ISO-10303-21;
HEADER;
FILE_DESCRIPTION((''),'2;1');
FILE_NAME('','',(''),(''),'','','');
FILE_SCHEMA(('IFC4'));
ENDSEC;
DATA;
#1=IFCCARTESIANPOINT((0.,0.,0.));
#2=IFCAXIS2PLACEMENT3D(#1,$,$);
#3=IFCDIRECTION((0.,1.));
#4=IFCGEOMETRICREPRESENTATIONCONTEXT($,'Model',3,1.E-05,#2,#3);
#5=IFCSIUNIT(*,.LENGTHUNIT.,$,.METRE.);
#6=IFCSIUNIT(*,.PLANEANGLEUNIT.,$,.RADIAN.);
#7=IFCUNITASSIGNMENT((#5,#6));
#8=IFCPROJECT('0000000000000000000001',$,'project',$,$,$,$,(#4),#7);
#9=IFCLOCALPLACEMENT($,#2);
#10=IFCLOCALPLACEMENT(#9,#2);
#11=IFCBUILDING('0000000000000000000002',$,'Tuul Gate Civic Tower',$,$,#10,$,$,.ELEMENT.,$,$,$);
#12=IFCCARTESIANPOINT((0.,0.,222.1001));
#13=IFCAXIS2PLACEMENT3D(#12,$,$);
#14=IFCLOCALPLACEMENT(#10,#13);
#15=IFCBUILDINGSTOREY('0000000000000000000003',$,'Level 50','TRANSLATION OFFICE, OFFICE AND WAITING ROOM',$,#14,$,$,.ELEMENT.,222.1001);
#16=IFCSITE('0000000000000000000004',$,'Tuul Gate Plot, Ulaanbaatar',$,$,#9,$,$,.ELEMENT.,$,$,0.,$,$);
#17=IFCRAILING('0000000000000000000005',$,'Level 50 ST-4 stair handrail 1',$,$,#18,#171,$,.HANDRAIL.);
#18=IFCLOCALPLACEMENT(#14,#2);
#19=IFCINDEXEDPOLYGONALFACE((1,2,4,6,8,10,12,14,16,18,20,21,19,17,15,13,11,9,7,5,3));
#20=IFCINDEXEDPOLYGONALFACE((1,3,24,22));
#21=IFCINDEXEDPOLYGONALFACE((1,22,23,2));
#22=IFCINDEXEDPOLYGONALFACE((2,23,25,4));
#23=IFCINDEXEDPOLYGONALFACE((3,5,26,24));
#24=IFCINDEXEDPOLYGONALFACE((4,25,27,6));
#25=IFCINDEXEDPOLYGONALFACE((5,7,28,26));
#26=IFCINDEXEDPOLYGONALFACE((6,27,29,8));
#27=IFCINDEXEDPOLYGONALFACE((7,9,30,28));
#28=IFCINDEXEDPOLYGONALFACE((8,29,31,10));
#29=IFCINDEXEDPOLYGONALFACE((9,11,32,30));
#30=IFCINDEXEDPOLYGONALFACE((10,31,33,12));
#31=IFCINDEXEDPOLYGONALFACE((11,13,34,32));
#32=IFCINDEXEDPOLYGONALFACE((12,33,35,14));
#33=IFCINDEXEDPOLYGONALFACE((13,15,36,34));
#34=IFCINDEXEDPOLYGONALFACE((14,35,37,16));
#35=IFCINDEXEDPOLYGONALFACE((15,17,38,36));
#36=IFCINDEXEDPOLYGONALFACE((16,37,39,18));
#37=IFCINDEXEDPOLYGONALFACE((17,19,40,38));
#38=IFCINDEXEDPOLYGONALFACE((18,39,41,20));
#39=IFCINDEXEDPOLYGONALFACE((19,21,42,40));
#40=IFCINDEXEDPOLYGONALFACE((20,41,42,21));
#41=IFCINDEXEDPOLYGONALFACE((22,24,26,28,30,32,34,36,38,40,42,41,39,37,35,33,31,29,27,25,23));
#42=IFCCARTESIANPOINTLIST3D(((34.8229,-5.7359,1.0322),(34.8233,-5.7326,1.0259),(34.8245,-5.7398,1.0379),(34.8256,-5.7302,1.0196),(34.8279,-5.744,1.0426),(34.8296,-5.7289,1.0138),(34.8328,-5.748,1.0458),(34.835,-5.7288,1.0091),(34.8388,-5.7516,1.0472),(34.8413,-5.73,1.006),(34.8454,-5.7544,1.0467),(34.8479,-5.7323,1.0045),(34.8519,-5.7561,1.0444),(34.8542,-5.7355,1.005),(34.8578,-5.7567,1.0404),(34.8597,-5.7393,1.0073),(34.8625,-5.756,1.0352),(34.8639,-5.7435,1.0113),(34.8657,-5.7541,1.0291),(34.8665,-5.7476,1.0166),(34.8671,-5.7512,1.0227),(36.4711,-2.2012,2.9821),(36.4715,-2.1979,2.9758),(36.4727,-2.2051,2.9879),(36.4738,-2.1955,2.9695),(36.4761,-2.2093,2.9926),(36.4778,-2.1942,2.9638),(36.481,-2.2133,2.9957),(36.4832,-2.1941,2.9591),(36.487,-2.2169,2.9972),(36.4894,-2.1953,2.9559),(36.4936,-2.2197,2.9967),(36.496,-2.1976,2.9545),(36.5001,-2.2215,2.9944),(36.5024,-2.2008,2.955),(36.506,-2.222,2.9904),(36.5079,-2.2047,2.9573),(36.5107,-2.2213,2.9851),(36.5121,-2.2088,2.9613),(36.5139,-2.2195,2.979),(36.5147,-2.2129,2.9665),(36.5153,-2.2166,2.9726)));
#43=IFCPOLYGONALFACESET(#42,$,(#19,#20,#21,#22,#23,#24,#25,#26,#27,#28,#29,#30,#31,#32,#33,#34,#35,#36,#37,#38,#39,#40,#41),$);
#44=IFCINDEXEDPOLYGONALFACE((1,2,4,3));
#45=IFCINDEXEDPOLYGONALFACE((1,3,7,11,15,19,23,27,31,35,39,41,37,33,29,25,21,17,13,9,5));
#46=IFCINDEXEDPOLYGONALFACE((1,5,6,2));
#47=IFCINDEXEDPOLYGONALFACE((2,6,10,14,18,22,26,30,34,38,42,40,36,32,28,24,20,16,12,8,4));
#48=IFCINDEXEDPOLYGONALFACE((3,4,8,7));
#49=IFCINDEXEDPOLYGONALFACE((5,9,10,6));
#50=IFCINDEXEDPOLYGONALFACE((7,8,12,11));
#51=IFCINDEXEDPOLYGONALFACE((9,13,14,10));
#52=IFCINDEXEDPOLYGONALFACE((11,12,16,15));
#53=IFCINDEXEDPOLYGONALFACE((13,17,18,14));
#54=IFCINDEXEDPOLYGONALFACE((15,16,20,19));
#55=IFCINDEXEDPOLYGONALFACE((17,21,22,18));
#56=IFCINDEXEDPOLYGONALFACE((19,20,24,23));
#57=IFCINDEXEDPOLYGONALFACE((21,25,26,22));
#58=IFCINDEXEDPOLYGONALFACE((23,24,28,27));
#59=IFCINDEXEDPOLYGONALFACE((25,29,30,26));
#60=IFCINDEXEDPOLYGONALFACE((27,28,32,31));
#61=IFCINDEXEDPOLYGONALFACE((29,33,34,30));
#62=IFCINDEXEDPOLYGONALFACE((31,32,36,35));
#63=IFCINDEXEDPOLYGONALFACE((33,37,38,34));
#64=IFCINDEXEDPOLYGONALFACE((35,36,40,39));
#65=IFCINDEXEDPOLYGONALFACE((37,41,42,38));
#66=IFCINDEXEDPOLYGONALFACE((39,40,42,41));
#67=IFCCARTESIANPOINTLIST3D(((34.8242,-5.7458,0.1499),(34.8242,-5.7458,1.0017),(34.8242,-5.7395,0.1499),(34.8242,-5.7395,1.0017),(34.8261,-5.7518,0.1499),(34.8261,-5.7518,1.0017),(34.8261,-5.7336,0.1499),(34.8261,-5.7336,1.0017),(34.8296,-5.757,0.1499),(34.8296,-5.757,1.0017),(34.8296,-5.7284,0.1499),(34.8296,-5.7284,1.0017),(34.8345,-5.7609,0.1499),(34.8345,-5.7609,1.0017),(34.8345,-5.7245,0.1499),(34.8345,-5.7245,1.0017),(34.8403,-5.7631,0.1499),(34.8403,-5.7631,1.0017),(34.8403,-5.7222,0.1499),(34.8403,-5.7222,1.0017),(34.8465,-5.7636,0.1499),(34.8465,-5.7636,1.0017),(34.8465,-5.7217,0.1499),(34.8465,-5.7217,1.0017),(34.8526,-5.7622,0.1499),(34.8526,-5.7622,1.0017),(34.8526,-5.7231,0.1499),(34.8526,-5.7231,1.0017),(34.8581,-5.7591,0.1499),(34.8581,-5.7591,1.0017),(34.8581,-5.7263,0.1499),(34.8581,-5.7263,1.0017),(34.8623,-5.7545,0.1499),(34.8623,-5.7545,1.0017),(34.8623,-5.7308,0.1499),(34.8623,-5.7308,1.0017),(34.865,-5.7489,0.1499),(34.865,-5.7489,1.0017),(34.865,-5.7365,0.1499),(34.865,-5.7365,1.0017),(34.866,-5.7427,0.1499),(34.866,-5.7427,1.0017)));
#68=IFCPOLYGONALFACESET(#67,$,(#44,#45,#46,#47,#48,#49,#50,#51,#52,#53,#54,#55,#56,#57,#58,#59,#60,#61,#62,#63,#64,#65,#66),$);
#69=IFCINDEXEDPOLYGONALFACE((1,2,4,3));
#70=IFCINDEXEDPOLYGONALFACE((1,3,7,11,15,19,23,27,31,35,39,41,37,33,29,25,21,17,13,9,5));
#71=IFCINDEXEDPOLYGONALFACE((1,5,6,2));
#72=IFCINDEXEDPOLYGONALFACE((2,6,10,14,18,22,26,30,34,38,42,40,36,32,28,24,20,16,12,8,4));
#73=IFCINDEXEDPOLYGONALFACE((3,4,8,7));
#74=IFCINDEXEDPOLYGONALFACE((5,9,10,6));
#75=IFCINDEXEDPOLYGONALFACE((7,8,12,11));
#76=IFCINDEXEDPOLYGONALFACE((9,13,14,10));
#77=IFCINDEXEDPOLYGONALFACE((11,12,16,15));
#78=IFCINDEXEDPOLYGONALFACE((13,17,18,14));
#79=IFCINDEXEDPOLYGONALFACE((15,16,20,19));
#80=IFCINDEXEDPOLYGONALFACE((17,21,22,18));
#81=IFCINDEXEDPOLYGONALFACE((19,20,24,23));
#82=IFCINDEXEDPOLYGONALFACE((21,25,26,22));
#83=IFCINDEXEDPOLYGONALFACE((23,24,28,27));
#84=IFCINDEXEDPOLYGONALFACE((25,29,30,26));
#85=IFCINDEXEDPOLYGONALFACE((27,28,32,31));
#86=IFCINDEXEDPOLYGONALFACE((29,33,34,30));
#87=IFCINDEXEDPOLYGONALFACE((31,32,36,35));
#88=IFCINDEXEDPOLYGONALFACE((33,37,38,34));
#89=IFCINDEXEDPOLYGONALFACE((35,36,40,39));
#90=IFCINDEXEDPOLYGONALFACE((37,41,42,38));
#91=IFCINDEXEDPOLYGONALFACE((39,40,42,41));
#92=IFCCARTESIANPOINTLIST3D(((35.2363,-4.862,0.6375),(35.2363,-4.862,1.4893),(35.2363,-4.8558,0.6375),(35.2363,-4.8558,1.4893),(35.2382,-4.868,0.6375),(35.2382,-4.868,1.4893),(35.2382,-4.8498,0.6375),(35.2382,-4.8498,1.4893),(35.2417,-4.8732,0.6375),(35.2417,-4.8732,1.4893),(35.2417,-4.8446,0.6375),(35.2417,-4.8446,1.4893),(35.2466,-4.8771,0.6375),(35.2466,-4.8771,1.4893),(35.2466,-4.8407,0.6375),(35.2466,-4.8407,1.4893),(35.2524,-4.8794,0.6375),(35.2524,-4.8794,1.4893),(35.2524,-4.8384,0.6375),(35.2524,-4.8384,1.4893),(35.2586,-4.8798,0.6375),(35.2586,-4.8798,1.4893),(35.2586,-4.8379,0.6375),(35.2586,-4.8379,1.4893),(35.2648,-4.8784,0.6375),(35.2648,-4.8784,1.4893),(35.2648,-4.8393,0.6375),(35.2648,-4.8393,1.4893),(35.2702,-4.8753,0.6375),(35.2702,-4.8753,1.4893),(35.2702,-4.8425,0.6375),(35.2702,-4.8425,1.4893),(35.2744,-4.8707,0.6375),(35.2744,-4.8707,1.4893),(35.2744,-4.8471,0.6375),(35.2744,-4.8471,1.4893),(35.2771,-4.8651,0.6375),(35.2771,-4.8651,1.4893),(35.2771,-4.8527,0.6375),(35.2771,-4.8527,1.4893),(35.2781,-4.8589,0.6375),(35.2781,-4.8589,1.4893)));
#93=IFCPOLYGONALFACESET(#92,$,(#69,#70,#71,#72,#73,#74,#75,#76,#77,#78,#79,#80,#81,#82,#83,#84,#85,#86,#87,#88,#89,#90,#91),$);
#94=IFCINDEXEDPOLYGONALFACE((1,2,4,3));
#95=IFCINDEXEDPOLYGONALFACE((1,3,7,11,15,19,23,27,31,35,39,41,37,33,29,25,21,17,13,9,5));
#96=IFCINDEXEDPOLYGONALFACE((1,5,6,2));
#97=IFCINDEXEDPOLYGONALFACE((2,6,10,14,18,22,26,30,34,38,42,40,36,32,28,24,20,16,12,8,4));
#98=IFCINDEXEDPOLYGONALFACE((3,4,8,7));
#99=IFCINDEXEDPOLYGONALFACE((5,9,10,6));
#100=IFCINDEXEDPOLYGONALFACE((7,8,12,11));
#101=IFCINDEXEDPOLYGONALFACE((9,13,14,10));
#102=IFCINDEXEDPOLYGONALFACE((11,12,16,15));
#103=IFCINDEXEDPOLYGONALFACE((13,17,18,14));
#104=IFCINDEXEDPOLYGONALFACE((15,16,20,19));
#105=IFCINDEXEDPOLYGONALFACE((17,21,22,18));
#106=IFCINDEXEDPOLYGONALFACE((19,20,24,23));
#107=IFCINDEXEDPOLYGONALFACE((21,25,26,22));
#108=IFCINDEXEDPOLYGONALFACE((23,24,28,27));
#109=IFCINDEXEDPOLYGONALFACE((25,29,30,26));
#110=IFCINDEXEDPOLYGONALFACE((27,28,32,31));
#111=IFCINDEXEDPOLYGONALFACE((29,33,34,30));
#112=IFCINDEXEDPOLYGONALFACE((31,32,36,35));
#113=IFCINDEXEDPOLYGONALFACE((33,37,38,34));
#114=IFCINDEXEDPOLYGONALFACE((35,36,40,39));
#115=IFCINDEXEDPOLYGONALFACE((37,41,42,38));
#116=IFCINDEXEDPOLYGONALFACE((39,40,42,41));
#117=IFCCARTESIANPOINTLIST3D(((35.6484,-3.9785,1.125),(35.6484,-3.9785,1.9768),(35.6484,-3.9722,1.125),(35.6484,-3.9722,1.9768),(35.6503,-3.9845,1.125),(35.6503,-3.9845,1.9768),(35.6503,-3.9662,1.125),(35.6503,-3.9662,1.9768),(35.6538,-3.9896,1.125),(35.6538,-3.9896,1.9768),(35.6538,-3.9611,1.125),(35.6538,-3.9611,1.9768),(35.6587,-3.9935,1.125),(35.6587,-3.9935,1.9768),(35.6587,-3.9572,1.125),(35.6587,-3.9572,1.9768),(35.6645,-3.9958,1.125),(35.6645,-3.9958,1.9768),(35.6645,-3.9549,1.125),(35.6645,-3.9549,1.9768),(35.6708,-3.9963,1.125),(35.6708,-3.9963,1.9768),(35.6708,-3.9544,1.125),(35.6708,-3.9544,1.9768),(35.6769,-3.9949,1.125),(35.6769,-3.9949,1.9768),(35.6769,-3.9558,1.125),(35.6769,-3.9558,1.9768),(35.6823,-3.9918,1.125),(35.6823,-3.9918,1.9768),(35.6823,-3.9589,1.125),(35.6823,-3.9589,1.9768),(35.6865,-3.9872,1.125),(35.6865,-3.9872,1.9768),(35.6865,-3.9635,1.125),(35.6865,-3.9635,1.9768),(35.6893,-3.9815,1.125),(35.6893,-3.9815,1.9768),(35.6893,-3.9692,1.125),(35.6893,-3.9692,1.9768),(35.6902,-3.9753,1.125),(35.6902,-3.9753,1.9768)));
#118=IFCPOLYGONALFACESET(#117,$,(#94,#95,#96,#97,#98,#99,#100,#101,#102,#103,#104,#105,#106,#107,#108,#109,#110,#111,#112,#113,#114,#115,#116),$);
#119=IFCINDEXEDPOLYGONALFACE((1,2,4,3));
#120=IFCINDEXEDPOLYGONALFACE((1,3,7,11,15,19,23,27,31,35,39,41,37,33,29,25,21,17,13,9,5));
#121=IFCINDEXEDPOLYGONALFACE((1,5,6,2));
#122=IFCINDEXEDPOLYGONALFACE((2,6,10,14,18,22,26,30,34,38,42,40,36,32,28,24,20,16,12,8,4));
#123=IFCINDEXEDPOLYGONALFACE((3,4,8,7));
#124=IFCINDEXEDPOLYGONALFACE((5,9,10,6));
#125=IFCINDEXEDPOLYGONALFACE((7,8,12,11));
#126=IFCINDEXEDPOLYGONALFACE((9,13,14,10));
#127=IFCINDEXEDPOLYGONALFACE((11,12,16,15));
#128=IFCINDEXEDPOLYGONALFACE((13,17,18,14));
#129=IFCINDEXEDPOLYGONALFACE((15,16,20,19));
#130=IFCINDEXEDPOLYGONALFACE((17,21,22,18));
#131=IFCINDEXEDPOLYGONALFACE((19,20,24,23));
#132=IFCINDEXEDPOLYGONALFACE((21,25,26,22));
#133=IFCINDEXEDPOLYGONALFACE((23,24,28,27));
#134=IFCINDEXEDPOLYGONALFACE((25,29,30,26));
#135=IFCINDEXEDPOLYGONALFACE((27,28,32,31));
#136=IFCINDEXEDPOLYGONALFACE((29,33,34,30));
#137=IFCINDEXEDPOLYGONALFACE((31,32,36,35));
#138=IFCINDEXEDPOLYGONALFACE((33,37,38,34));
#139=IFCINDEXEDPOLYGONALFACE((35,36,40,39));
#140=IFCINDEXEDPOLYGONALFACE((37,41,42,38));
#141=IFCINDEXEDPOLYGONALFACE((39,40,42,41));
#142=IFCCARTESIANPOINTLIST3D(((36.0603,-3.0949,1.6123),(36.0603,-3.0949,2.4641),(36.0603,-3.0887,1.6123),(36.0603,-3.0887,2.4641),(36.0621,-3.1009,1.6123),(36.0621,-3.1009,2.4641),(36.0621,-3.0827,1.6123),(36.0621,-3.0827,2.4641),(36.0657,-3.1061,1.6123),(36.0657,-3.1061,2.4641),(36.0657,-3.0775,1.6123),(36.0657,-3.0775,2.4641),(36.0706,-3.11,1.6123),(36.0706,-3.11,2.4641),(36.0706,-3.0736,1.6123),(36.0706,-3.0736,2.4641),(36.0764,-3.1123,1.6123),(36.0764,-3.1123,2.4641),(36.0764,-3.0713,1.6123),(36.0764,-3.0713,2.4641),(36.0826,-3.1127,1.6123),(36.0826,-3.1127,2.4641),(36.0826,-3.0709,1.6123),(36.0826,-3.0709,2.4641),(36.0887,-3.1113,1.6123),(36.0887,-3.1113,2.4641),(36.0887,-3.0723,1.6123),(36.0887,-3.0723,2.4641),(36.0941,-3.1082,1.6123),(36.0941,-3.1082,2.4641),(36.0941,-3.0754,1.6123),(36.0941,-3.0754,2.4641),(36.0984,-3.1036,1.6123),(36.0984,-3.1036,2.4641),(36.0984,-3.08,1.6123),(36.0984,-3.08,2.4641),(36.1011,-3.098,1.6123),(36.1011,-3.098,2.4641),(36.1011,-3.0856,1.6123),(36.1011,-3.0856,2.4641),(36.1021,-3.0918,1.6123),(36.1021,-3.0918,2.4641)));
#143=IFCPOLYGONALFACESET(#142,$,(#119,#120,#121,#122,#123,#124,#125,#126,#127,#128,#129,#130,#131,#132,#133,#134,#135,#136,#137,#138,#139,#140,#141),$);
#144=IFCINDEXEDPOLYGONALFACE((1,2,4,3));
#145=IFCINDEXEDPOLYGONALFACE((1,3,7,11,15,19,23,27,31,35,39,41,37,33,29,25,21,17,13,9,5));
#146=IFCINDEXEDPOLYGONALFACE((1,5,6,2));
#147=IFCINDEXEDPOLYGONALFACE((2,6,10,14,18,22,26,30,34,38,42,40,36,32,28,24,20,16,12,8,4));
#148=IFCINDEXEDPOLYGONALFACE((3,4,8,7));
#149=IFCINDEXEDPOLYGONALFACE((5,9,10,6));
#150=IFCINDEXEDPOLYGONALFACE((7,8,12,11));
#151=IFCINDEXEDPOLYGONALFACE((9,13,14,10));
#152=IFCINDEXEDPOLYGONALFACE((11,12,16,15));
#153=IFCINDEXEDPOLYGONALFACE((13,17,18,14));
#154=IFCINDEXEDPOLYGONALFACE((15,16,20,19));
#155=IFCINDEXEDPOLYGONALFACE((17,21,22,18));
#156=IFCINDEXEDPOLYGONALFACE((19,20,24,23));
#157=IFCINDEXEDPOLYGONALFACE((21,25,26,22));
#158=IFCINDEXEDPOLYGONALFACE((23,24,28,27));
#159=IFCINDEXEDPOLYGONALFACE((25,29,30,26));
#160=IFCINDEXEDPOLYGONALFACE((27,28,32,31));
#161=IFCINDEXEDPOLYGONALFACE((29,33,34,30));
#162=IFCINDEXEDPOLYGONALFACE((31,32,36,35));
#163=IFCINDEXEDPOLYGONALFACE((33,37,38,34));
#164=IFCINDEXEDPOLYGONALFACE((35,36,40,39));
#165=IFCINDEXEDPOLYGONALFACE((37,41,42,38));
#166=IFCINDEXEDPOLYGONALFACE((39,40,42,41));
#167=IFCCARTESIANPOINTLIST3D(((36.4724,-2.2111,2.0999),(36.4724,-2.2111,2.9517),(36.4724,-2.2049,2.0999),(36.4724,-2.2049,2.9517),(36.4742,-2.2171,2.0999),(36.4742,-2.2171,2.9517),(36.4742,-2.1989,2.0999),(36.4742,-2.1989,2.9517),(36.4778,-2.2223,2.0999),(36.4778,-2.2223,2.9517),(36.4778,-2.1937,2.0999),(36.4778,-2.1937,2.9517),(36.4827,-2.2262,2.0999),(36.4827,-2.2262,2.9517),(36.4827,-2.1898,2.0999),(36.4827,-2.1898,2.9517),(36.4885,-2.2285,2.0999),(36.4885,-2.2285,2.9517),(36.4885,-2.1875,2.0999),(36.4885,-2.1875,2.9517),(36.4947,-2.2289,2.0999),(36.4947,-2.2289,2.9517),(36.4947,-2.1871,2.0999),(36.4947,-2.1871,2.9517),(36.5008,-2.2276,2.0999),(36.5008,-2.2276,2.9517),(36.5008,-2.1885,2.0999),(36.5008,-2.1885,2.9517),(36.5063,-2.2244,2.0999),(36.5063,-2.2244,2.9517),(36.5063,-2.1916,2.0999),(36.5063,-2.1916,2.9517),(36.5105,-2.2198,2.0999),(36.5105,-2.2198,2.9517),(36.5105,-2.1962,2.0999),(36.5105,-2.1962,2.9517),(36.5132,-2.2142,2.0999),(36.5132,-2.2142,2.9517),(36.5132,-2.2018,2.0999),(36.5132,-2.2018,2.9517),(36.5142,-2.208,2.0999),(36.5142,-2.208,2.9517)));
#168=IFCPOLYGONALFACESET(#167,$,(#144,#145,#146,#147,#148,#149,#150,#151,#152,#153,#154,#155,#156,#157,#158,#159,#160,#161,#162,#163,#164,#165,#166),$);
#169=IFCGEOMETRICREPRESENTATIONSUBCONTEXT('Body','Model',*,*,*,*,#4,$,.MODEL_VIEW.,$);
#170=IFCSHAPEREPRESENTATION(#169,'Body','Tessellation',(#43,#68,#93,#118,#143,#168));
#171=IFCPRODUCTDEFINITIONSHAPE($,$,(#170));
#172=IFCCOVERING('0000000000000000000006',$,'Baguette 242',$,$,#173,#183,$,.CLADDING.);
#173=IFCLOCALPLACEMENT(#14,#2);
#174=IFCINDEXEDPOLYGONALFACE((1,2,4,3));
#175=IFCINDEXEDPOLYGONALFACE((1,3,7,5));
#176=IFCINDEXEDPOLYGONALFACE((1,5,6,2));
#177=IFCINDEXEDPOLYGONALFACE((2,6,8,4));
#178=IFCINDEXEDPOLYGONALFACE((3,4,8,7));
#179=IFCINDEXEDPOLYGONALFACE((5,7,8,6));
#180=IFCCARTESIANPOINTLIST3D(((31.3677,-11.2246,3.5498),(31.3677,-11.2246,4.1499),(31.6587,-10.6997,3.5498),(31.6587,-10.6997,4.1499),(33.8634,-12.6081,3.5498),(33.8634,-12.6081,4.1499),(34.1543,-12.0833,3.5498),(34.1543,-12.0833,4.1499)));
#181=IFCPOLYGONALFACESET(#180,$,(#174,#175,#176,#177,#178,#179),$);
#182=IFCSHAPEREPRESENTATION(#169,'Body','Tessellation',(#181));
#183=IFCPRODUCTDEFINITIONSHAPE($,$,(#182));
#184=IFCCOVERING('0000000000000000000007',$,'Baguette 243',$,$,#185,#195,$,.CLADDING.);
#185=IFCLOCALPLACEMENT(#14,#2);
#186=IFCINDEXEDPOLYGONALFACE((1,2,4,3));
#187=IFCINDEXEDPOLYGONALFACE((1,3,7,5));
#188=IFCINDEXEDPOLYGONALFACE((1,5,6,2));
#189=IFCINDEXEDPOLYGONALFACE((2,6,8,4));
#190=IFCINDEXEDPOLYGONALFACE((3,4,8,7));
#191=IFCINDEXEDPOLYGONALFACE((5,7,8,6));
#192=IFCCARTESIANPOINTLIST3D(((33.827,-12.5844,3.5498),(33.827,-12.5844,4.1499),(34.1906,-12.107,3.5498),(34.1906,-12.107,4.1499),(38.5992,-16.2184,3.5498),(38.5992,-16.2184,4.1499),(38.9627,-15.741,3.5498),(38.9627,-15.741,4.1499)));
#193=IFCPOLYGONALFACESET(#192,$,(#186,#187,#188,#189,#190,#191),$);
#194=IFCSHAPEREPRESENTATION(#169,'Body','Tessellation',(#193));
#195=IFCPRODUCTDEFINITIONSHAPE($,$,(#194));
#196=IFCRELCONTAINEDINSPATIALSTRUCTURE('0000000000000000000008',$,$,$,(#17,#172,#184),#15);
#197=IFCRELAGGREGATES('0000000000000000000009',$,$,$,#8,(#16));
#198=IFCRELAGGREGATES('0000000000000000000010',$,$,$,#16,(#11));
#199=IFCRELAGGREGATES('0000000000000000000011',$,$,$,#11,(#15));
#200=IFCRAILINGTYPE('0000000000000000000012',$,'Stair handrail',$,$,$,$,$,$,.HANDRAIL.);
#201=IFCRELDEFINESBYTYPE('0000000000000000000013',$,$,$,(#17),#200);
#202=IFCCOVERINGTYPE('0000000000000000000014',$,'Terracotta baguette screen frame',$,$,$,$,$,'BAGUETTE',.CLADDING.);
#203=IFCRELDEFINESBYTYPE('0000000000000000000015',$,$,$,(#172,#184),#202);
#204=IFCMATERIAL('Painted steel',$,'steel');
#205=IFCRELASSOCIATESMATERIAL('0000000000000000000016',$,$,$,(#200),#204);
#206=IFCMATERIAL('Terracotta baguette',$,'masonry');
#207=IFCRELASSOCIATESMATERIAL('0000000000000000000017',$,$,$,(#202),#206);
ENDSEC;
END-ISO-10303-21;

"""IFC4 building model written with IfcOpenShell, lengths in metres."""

from ifc_helpers import new_model, si_unit, direction, frame, origin, origin_2d, place, context, subcontext, project, spatial, rectangle, circle, extrude, material, material_profile, profile_set, type_object, element, save


model = new_model("IFC4")

# Units and contexts
model_context = context("Model", 3, precision=1e-05, world=origin(), true_north=direction((0.0, 1.0)))
body_context = subcontext(model_context, "Body", "Model", "MODEL_VIEW")
ifc_project = project(units=[si_unit("LENGTHUNIT", "METRE"), si_unit("PLANEANGLEUNIT", "RADIAN")], contexts=[model_context])

# Site, building, storey
site_placement = place(None, origin())
site = spatial("IfcSite", under=ifc_project, at=site_placement, Name="Tuul Gate Plot, Ulaanbaatar", CompositionType="ELEMENT", RefElevation=0.0)
building_placement = place(site_placement, origin())
building = spatial("IfcBuilding", under=site, at=building_placement, Name="Tuul Gate Civic Tower", CompositionType="ELEMENT")
storey_placement = place(building_placement, frame((0.0, 0.0, 222.1001)))
storey = spatial("IfcBuildingStorey", under=building, at=storey_placement, Name="Level 50", Description="TRANSLATION OFFICE, OFFICE AND WAITING ROOM", CompositionType="ELEMENT", Elevation=222.1001)

# Railing
ifc_material_1 = material(Name="Painted steel", Category="steel")
railing_type_1 = type_object("IfcRailingType", Name="Stair handrail", PredefinedType="HANDRAIL", material=ifc_material_1)
railing_1_placement = place(storey_placement, frame((34.845, -5.7427, 0.1499)))
element("IfcRailing", 1, at=railing_1_placement, inside=storey, type_object=railing_type_1, Name="Level 50 ST-4 stair handrail 1", PredefinedType="HANDRAIL", context=body_context, shape_type="SweptSolid", body=[
    extrude(circle(Radius=0.0239, at=origin_2d()), frame((0.0, 0.0, 0.876), z_axis=(0.377995, 0.810637, 0.4472), x_axis=(-0.906313, 0.422608, 0.0)), (0.0, 0.0, 1.0), 4.3604),
    extrude(circle(Radius=0.021, at=origin_2d()), origin(), (0.0, 0.0, 1.0), 0.8518),
    extrude(circle(Radius=0.021, at=origin_2d()), frame((0.4121, 0.8838, 0.4875)), (0.0, 0.0, 1.0), 0.8518),
    extrude(circle(Radius=0.021, at=origin_2d()), frame((0.8242, 1.7673, 0.9751)), (0.0, 0.0, 1.0), 0.8518),
    extrude(circle(Radius=0.021, at=origin_2d()), frame((1.2361, 2.6509, 1.4624)), (0.0, 0.0, 1.0), 0.8518),
    extrude(circle(Radius=0.021, at=origin_2d()), frame((1.6482, 3.5347, 1.95)), (0.0, 0.0, 1.0), 0.8518),
])

# Coverings
ifc_material_2 = material(Name="Terracotta baguette", Category="masonry")
ifc_material_profile_1 = material_profile(ifc_material_2, rectangle(XDim=0.6001, YDim=0.6001, at=origin_2d()), Name="Terracotta baguette screen frame")
ifc_profile_set_1 = profile_set([ifc_material_profile_1], Name="Terracotta baguette")
covering_type = type_object("IfcCoveringType", Name="Terracotta baguette screen frame", ElementType="BAGUETTE", PredefinedType="CLADDING", material=ifc_profile_set_1)
covering_1_placement = place(storey_placement, frame((31.5132, -10.9622, 3.8499), z_axis=(0.874589, -0.484865, 0.0), x_axis=(0.484865, 0.874589, 0.0)))
element("IfcCovering", 2, at=covering_1_placement, inside=storey, type_object=covering_type, Name="Baguette 242", PredefinedType="CLADDING", context=body_context, shape_type="SweptSolid", body=[
    extrude(rectangle(XDim=0.6001, YDim=0.6001, at=origin_2d()), origin(), (0.0, 0.0, 1.0), 2.8535),
])
covering_2_placement = place(storey_placement, frame((34.0088, -12.3457, 3.8499), z_axis=(0.795588, -0.605838, 0.0), x_axis=(0.605838, 0.795588, 0.0)))
element("IfcCovering", 3, at=covering_2_placement, inside=storey, type_object=covering_type, Name="Baguette 243", PredefinedType="CLADDING", context=body_context, shape_type="SweptSolid", body=[
    extrude(rectangle(XDim=0.6001, YDim=0.6001, at=origin_2d()), origin(), (0.0, 0.0, 1.0), 5.9983),
])

save(model, "model.ifc")
